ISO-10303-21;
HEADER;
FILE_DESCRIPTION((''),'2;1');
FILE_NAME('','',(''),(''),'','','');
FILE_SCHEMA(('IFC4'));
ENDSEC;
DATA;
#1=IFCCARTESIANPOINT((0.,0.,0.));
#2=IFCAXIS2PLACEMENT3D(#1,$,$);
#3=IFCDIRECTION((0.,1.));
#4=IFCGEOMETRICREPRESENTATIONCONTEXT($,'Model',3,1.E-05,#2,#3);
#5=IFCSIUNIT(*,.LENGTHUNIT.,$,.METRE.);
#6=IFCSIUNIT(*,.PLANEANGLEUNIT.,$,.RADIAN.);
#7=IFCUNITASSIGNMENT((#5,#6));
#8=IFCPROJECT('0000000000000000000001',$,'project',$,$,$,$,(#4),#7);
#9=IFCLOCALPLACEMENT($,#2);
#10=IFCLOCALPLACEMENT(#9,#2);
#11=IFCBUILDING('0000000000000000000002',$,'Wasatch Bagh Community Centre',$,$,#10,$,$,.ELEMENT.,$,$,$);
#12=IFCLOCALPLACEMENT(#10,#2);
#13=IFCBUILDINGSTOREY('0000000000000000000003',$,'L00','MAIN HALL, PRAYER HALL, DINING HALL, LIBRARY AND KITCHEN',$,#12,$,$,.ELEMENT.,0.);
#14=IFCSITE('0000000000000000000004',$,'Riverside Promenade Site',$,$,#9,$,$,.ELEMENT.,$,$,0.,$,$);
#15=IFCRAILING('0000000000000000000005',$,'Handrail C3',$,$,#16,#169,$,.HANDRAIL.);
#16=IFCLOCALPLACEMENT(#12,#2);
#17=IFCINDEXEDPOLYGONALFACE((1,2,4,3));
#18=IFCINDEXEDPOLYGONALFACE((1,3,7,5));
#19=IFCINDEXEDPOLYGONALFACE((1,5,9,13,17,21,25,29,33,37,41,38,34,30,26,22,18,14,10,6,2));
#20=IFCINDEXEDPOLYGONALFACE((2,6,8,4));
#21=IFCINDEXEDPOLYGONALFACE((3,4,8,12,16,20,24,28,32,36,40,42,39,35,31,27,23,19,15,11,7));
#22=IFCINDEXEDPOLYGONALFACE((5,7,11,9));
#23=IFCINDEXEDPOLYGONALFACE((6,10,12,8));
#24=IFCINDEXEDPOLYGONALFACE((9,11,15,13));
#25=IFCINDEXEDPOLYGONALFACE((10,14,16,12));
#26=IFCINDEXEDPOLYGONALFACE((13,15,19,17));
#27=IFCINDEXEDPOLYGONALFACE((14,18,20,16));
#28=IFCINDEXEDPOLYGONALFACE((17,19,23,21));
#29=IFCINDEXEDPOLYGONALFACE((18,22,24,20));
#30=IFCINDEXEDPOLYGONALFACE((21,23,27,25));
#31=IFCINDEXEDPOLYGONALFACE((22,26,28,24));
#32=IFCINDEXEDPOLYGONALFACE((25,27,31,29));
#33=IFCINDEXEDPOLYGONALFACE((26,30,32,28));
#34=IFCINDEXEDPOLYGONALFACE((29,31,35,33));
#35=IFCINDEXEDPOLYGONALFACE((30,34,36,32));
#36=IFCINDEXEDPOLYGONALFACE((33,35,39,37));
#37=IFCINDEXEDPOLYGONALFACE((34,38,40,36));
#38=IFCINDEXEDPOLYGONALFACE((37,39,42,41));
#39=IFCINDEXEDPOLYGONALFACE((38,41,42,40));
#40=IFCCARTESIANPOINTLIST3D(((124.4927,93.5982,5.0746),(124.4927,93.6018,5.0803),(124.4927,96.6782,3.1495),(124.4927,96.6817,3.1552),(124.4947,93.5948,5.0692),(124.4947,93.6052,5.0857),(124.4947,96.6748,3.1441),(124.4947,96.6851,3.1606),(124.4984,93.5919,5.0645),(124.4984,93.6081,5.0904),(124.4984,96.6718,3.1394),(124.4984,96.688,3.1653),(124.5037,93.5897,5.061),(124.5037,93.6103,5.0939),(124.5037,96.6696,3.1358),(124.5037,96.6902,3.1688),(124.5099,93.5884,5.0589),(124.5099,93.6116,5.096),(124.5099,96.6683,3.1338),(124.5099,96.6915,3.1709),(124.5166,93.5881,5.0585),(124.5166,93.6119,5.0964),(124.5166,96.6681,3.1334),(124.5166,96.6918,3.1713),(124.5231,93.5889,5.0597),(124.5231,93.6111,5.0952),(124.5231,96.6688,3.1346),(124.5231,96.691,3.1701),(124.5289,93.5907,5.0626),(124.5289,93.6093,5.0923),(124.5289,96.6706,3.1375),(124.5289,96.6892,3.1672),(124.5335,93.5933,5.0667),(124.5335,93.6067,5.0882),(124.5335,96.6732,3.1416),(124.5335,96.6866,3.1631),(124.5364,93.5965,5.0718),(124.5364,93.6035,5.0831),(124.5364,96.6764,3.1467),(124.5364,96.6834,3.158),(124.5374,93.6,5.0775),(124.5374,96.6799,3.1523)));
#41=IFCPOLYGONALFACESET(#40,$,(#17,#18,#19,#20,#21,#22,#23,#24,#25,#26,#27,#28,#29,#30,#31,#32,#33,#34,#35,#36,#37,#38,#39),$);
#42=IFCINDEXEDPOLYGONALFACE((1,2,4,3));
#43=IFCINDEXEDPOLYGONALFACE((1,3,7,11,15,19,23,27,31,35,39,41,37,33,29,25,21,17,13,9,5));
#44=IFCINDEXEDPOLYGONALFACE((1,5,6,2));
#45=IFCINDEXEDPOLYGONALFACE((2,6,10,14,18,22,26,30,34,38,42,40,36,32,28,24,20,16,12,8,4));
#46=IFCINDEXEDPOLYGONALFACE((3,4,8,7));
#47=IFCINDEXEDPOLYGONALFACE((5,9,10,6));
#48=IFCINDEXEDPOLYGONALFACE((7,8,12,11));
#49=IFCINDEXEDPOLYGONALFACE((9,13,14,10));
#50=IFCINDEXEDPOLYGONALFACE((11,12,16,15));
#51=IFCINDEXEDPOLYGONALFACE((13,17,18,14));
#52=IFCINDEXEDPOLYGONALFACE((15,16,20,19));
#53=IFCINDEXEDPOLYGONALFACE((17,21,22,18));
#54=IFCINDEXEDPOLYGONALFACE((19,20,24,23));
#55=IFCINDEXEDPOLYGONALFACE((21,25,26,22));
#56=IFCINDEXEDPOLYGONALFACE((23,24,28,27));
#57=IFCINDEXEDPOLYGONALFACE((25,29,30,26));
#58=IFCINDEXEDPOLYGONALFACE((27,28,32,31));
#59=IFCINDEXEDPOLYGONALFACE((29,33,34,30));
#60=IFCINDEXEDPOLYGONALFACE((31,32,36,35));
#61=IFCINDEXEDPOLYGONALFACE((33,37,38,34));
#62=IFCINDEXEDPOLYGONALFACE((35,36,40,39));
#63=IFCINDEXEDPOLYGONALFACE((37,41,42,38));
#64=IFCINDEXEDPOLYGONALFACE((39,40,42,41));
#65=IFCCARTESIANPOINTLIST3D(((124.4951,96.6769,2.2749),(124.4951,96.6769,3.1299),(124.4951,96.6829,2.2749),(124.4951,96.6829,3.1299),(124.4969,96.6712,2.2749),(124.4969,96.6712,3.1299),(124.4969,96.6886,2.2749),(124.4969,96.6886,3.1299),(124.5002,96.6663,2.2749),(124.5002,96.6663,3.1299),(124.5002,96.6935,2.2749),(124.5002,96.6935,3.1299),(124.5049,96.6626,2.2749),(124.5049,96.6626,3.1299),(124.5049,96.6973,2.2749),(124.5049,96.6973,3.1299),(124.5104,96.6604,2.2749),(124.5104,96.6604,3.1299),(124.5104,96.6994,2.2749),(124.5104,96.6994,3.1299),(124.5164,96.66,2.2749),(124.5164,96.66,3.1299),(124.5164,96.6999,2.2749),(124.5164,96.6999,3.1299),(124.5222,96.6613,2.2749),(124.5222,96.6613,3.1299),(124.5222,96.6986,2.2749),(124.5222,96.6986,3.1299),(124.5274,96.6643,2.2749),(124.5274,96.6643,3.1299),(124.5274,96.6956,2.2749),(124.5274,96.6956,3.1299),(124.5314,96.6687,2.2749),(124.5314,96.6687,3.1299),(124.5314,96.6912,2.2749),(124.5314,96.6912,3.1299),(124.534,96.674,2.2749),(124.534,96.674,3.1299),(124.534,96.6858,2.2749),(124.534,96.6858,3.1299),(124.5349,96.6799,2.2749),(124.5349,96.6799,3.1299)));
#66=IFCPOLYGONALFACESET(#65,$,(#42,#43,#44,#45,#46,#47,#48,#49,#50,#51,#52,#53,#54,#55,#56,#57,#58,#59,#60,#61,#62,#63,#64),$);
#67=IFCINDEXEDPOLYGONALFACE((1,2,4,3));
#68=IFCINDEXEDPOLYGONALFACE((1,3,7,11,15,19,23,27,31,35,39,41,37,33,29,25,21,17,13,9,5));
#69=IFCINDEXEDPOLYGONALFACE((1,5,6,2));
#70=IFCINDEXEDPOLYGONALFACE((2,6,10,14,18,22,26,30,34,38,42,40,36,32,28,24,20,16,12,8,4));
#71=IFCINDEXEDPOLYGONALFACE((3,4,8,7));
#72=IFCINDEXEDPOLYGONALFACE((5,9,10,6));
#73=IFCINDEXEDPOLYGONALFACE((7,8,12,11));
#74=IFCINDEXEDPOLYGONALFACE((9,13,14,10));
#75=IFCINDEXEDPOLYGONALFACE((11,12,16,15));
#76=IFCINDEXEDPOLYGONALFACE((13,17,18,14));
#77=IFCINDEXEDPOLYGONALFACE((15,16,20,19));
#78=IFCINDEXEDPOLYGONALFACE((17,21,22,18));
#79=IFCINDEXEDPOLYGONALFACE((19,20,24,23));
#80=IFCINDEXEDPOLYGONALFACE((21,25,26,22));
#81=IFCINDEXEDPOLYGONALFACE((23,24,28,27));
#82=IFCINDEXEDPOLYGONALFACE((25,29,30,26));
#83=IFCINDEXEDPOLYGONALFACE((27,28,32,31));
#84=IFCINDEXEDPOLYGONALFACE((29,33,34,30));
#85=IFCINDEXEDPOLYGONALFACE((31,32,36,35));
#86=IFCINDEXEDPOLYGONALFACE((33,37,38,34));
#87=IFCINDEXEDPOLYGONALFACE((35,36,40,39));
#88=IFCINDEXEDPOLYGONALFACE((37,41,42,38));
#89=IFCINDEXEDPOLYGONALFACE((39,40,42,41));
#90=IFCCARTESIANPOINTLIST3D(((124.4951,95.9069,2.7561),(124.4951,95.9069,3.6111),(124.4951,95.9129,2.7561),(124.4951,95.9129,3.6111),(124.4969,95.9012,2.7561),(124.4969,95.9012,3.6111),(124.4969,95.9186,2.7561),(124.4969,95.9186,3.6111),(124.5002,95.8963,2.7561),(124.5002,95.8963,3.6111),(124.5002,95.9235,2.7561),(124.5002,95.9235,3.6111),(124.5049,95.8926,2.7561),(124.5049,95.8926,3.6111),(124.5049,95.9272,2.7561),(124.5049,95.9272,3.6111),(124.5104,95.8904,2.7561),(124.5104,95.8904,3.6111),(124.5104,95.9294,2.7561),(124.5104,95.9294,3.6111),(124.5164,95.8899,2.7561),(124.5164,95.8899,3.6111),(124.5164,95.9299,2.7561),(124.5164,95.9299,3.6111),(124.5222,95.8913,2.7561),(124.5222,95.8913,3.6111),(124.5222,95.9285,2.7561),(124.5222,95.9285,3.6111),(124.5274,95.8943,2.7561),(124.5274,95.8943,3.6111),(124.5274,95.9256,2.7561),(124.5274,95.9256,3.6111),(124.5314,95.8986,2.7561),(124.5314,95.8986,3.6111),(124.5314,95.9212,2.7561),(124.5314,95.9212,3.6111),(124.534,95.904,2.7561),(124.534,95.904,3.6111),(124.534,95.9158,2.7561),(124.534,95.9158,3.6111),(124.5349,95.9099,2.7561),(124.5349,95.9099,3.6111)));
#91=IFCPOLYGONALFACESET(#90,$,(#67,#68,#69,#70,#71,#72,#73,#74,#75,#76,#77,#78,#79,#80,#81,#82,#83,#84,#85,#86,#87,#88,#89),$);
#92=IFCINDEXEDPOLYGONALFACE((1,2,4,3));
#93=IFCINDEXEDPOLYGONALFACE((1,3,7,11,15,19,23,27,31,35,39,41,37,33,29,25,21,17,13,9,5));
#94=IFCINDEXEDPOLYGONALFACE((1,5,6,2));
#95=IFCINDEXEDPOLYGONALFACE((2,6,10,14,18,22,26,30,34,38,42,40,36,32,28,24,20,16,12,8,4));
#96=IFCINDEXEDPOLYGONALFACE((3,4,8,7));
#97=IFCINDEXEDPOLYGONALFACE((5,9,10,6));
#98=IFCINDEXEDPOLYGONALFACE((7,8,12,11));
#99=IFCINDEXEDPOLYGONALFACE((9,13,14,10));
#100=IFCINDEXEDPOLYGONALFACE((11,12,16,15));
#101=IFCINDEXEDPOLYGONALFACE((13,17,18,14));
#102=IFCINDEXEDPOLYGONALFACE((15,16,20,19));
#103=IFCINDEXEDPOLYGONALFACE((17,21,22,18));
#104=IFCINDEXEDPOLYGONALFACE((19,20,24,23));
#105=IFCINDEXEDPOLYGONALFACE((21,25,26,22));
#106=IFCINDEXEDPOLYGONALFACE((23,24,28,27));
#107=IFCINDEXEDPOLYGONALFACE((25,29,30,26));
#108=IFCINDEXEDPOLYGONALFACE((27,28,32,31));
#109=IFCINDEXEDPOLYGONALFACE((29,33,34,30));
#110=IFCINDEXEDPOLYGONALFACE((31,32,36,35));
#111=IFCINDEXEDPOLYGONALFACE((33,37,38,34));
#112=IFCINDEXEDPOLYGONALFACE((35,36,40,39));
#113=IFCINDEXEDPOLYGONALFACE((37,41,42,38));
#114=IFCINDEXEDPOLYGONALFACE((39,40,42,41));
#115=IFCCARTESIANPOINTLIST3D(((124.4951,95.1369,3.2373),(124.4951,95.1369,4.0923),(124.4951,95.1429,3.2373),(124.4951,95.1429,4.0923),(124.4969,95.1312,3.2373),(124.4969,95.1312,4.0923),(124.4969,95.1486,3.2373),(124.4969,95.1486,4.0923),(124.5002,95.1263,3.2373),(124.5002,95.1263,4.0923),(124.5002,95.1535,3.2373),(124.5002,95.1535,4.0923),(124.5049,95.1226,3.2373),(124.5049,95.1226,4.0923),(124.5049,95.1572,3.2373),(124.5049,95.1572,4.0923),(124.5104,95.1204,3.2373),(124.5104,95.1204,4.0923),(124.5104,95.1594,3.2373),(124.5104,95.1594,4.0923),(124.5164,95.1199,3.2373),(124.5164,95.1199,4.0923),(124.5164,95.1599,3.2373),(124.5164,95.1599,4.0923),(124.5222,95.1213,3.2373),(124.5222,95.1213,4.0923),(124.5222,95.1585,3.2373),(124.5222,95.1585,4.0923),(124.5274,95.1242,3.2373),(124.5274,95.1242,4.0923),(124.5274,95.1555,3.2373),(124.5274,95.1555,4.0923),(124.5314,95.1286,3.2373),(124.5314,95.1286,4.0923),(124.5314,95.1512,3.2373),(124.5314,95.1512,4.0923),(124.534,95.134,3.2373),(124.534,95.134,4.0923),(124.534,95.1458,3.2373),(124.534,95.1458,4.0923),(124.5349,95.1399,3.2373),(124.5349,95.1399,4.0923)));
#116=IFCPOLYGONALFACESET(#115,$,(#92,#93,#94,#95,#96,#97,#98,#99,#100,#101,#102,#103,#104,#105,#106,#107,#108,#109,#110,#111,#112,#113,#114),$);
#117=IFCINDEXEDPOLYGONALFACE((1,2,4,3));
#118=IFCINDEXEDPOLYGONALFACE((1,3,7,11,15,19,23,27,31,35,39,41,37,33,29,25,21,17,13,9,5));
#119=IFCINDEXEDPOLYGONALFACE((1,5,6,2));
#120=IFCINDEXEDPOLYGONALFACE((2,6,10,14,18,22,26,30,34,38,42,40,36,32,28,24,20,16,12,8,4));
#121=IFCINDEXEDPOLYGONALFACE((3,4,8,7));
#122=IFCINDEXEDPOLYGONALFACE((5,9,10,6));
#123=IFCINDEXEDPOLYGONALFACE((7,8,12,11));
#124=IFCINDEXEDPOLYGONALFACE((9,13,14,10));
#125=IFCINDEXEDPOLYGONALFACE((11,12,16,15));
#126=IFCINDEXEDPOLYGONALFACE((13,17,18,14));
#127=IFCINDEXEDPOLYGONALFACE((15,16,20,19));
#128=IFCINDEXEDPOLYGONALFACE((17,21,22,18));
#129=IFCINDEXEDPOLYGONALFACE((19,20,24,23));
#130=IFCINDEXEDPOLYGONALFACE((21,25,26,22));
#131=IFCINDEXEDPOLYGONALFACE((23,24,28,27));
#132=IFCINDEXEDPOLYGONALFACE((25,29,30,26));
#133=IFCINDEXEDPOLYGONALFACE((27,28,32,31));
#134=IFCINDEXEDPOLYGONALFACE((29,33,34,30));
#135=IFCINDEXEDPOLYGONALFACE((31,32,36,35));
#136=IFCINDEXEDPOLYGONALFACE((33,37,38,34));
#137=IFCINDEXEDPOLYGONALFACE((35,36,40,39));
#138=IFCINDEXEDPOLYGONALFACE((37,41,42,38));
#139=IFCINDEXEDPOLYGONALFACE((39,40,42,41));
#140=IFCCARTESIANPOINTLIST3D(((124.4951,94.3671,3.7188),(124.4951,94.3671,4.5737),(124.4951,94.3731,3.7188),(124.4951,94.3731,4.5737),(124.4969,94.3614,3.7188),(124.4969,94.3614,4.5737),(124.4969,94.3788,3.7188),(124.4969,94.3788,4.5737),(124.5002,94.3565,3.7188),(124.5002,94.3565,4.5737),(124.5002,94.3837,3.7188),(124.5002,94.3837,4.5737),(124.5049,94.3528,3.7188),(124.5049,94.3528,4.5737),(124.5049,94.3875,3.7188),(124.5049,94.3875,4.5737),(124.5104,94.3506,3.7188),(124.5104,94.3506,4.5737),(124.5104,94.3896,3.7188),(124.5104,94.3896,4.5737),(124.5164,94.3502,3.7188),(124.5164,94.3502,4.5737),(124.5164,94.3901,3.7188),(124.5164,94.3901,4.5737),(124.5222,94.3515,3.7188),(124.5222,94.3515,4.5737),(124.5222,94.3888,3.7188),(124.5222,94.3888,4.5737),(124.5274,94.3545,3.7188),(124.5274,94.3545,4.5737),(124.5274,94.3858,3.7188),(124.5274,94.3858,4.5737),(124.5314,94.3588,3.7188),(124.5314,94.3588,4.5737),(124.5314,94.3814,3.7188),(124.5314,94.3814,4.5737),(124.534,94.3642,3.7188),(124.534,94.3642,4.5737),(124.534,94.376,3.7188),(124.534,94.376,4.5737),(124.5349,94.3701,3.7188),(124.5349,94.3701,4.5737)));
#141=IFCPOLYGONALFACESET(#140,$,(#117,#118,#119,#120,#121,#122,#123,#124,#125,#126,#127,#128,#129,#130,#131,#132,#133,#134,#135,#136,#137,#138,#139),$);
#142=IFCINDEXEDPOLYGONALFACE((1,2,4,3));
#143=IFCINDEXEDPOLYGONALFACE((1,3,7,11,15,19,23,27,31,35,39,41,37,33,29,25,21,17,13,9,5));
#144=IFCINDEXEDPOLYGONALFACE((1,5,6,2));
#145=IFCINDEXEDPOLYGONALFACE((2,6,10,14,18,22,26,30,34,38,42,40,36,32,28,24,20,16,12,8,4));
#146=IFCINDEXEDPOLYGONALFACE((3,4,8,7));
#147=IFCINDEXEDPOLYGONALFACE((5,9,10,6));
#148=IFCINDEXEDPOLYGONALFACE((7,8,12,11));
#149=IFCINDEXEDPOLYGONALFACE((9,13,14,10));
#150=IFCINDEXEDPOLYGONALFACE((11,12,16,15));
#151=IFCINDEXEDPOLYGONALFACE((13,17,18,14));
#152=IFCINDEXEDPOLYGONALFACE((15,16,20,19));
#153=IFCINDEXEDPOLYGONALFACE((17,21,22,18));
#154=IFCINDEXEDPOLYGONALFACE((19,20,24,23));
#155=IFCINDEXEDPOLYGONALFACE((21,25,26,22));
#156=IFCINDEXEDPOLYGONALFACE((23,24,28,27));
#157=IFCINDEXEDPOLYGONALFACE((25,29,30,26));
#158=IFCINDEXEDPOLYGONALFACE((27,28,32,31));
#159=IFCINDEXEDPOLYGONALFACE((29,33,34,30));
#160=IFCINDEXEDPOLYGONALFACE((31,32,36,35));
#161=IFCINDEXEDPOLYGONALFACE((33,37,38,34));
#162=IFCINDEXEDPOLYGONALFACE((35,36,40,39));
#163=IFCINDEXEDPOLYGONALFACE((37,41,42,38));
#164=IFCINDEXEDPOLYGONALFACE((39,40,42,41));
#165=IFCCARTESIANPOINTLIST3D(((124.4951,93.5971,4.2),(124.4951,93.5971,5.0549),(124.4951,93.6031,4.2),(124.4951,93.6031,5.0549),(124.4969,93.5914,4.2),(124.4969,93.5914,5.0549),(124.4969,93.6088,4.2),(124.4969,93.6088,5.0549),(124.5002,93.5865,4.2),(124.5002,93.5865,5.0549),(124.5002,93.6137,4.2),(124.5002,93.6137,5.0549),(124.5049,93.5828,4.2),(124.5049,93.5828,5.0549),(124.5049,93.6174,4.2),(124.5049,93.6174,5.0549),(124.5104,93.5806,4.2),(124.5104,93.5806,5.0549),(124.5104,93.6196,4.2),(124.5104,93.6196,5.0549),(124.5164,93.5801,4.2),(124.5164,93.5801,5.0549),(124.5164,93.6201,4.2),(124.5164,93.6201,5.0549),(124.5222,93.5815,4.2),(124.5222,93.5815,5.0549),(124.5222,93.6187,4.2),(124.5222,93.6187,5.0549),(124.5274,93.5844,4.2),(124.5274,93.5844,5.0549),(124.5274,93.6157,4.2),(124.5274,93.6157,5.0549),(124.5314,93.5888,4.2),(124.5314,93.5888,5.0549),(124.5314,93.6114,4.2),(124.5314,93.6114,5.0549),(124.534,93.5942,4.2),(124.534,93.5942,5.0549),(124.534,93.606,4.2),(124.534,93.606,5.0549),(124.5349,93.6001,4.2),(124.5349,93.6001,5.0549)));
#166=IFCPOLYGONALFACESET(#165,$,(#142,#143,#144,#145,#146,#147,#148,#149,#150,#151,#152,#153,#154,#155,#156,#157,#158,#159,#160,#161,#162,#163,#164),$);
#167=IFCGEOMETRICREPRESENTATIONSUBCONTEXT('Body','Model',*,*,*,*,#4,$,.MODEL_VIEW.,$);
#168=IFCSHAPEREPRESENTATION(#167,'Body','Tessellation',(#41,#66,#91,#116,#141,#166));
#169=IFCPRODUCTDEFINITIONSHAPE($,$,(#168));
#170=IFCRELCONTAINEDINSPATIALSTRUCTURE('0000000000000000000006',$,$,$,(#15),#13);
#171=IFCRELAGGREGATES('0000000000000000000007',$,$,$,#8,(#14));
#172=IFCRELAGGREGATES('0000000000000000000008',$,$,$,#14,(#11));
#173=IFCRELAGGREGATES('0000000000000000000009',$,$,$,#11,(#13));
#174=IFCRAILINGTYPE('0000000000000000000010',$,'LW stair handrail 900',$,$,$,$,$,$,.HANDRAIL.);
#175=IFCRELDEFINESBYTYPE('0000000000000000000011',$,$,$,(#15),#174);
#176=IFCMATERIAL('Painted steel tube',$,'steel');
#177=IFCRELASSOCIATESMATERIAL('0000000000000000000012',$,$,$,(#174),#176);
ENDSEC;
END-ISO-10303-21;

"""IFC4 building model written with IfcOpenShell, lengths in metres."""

from ifc_helpers import new_model, si_unit, direction, frame, origin, origin_2d, place, context, subcontext, project, spatial, circle, extrude, material, type_object, element, save


model = new_model("IFC4")

# Units and contexts
model_context = context("Model", 3, precision=1e-05, world=origin(), true_north=direction((0.0, 1.0)))
body_context = subcontext(model_context, "Body", "Model", "MODEL_VIEW")
ifc_project = project(units=[si_unit("LENGTHUNIT", "METRE"), si_unit("PLANEANGLEUNIT", "RADIAN")], contexts=[model_context])

# Site, building, storey
site_placement = place(None, origin())
site = spatial("IfcSite", under=ifc_project, at=site_placement, Name="Riverside Promenade Site", CompositionType="ELEMENT", RefElevation=0.0)
building_placement = place(site_placement, origin())
building = spatial("IfcBuilding", under=site, at=building_placement, Name="Wasatch Bagh Community Centre", CompositionType="ELEMENT")
storey_placement = place(building_placement, origin())
storey = spatial("IfcBuildingStorey", under=building, at=storey_placement, Name="L00", Description="MAIN HALL, PRAYER HALL, DINING HALL, LIBRARY AND KITCHEN", CompositionType="ELEMENT", Elevation=0.0)

# Railing
ifc_material_1 = material(Name="Painted steel tube", Category="steel")
railing_type_1 = type_object("IfcRailingType", Name="LW stair handrail 900", PredefinedType="HANDRAIL", material=ifc_material_1)
for number, where, name in (
    (1, (124.5149, 96.6799, 2.2749), "Handrail C3"),
):
    element("IfcRailing", number, at=place(storey_placement, frame(where)), inside=storey, type_object=railing_type_1, Name=name, PredefinedType="HANDRAIL", context=body_context, shape_type="SweptSolid", body=[
        extrude(circle(Radius=0.0225, at=origin_2d()), frame((0.0, 0.0, 0.8774), z_axis=(0.0, -0.847979, 0.530029), x_axis=(1.0, 0.0, 0.0)), (0.0, 0.0, 1.0), 3.6321),
        extrude(circle(Radius=0.02, at=origin_2d()), origin(), (0.0, 0.0, 1.0), 0.855),
        extrude(circle(Radius=0.02, at=origin_2d()), frame((0.0, -0.77, 0.4812)), (0.0, 0.0, 1.0), 0.855),
        extrude(circle(Radius=0.02, at=origin_2d()), frame((0.0, -1.54, 0.9624)), (0.0, 0.0, 1.0), 0.855),
        extrude(circle(Radius=0.02, at=origin_2d()), frame((0.0, -2.3098, 1.4438)), (0.0, 0.0, 1.0), 0.855),
        extrude(circle(Radius=0.02, at=origin_2d()), frame((0.0, -3.0798, 1.925)), (0.0, 0.0, 1.0), 0.855),
    ])

save(model, "model.ifc")
